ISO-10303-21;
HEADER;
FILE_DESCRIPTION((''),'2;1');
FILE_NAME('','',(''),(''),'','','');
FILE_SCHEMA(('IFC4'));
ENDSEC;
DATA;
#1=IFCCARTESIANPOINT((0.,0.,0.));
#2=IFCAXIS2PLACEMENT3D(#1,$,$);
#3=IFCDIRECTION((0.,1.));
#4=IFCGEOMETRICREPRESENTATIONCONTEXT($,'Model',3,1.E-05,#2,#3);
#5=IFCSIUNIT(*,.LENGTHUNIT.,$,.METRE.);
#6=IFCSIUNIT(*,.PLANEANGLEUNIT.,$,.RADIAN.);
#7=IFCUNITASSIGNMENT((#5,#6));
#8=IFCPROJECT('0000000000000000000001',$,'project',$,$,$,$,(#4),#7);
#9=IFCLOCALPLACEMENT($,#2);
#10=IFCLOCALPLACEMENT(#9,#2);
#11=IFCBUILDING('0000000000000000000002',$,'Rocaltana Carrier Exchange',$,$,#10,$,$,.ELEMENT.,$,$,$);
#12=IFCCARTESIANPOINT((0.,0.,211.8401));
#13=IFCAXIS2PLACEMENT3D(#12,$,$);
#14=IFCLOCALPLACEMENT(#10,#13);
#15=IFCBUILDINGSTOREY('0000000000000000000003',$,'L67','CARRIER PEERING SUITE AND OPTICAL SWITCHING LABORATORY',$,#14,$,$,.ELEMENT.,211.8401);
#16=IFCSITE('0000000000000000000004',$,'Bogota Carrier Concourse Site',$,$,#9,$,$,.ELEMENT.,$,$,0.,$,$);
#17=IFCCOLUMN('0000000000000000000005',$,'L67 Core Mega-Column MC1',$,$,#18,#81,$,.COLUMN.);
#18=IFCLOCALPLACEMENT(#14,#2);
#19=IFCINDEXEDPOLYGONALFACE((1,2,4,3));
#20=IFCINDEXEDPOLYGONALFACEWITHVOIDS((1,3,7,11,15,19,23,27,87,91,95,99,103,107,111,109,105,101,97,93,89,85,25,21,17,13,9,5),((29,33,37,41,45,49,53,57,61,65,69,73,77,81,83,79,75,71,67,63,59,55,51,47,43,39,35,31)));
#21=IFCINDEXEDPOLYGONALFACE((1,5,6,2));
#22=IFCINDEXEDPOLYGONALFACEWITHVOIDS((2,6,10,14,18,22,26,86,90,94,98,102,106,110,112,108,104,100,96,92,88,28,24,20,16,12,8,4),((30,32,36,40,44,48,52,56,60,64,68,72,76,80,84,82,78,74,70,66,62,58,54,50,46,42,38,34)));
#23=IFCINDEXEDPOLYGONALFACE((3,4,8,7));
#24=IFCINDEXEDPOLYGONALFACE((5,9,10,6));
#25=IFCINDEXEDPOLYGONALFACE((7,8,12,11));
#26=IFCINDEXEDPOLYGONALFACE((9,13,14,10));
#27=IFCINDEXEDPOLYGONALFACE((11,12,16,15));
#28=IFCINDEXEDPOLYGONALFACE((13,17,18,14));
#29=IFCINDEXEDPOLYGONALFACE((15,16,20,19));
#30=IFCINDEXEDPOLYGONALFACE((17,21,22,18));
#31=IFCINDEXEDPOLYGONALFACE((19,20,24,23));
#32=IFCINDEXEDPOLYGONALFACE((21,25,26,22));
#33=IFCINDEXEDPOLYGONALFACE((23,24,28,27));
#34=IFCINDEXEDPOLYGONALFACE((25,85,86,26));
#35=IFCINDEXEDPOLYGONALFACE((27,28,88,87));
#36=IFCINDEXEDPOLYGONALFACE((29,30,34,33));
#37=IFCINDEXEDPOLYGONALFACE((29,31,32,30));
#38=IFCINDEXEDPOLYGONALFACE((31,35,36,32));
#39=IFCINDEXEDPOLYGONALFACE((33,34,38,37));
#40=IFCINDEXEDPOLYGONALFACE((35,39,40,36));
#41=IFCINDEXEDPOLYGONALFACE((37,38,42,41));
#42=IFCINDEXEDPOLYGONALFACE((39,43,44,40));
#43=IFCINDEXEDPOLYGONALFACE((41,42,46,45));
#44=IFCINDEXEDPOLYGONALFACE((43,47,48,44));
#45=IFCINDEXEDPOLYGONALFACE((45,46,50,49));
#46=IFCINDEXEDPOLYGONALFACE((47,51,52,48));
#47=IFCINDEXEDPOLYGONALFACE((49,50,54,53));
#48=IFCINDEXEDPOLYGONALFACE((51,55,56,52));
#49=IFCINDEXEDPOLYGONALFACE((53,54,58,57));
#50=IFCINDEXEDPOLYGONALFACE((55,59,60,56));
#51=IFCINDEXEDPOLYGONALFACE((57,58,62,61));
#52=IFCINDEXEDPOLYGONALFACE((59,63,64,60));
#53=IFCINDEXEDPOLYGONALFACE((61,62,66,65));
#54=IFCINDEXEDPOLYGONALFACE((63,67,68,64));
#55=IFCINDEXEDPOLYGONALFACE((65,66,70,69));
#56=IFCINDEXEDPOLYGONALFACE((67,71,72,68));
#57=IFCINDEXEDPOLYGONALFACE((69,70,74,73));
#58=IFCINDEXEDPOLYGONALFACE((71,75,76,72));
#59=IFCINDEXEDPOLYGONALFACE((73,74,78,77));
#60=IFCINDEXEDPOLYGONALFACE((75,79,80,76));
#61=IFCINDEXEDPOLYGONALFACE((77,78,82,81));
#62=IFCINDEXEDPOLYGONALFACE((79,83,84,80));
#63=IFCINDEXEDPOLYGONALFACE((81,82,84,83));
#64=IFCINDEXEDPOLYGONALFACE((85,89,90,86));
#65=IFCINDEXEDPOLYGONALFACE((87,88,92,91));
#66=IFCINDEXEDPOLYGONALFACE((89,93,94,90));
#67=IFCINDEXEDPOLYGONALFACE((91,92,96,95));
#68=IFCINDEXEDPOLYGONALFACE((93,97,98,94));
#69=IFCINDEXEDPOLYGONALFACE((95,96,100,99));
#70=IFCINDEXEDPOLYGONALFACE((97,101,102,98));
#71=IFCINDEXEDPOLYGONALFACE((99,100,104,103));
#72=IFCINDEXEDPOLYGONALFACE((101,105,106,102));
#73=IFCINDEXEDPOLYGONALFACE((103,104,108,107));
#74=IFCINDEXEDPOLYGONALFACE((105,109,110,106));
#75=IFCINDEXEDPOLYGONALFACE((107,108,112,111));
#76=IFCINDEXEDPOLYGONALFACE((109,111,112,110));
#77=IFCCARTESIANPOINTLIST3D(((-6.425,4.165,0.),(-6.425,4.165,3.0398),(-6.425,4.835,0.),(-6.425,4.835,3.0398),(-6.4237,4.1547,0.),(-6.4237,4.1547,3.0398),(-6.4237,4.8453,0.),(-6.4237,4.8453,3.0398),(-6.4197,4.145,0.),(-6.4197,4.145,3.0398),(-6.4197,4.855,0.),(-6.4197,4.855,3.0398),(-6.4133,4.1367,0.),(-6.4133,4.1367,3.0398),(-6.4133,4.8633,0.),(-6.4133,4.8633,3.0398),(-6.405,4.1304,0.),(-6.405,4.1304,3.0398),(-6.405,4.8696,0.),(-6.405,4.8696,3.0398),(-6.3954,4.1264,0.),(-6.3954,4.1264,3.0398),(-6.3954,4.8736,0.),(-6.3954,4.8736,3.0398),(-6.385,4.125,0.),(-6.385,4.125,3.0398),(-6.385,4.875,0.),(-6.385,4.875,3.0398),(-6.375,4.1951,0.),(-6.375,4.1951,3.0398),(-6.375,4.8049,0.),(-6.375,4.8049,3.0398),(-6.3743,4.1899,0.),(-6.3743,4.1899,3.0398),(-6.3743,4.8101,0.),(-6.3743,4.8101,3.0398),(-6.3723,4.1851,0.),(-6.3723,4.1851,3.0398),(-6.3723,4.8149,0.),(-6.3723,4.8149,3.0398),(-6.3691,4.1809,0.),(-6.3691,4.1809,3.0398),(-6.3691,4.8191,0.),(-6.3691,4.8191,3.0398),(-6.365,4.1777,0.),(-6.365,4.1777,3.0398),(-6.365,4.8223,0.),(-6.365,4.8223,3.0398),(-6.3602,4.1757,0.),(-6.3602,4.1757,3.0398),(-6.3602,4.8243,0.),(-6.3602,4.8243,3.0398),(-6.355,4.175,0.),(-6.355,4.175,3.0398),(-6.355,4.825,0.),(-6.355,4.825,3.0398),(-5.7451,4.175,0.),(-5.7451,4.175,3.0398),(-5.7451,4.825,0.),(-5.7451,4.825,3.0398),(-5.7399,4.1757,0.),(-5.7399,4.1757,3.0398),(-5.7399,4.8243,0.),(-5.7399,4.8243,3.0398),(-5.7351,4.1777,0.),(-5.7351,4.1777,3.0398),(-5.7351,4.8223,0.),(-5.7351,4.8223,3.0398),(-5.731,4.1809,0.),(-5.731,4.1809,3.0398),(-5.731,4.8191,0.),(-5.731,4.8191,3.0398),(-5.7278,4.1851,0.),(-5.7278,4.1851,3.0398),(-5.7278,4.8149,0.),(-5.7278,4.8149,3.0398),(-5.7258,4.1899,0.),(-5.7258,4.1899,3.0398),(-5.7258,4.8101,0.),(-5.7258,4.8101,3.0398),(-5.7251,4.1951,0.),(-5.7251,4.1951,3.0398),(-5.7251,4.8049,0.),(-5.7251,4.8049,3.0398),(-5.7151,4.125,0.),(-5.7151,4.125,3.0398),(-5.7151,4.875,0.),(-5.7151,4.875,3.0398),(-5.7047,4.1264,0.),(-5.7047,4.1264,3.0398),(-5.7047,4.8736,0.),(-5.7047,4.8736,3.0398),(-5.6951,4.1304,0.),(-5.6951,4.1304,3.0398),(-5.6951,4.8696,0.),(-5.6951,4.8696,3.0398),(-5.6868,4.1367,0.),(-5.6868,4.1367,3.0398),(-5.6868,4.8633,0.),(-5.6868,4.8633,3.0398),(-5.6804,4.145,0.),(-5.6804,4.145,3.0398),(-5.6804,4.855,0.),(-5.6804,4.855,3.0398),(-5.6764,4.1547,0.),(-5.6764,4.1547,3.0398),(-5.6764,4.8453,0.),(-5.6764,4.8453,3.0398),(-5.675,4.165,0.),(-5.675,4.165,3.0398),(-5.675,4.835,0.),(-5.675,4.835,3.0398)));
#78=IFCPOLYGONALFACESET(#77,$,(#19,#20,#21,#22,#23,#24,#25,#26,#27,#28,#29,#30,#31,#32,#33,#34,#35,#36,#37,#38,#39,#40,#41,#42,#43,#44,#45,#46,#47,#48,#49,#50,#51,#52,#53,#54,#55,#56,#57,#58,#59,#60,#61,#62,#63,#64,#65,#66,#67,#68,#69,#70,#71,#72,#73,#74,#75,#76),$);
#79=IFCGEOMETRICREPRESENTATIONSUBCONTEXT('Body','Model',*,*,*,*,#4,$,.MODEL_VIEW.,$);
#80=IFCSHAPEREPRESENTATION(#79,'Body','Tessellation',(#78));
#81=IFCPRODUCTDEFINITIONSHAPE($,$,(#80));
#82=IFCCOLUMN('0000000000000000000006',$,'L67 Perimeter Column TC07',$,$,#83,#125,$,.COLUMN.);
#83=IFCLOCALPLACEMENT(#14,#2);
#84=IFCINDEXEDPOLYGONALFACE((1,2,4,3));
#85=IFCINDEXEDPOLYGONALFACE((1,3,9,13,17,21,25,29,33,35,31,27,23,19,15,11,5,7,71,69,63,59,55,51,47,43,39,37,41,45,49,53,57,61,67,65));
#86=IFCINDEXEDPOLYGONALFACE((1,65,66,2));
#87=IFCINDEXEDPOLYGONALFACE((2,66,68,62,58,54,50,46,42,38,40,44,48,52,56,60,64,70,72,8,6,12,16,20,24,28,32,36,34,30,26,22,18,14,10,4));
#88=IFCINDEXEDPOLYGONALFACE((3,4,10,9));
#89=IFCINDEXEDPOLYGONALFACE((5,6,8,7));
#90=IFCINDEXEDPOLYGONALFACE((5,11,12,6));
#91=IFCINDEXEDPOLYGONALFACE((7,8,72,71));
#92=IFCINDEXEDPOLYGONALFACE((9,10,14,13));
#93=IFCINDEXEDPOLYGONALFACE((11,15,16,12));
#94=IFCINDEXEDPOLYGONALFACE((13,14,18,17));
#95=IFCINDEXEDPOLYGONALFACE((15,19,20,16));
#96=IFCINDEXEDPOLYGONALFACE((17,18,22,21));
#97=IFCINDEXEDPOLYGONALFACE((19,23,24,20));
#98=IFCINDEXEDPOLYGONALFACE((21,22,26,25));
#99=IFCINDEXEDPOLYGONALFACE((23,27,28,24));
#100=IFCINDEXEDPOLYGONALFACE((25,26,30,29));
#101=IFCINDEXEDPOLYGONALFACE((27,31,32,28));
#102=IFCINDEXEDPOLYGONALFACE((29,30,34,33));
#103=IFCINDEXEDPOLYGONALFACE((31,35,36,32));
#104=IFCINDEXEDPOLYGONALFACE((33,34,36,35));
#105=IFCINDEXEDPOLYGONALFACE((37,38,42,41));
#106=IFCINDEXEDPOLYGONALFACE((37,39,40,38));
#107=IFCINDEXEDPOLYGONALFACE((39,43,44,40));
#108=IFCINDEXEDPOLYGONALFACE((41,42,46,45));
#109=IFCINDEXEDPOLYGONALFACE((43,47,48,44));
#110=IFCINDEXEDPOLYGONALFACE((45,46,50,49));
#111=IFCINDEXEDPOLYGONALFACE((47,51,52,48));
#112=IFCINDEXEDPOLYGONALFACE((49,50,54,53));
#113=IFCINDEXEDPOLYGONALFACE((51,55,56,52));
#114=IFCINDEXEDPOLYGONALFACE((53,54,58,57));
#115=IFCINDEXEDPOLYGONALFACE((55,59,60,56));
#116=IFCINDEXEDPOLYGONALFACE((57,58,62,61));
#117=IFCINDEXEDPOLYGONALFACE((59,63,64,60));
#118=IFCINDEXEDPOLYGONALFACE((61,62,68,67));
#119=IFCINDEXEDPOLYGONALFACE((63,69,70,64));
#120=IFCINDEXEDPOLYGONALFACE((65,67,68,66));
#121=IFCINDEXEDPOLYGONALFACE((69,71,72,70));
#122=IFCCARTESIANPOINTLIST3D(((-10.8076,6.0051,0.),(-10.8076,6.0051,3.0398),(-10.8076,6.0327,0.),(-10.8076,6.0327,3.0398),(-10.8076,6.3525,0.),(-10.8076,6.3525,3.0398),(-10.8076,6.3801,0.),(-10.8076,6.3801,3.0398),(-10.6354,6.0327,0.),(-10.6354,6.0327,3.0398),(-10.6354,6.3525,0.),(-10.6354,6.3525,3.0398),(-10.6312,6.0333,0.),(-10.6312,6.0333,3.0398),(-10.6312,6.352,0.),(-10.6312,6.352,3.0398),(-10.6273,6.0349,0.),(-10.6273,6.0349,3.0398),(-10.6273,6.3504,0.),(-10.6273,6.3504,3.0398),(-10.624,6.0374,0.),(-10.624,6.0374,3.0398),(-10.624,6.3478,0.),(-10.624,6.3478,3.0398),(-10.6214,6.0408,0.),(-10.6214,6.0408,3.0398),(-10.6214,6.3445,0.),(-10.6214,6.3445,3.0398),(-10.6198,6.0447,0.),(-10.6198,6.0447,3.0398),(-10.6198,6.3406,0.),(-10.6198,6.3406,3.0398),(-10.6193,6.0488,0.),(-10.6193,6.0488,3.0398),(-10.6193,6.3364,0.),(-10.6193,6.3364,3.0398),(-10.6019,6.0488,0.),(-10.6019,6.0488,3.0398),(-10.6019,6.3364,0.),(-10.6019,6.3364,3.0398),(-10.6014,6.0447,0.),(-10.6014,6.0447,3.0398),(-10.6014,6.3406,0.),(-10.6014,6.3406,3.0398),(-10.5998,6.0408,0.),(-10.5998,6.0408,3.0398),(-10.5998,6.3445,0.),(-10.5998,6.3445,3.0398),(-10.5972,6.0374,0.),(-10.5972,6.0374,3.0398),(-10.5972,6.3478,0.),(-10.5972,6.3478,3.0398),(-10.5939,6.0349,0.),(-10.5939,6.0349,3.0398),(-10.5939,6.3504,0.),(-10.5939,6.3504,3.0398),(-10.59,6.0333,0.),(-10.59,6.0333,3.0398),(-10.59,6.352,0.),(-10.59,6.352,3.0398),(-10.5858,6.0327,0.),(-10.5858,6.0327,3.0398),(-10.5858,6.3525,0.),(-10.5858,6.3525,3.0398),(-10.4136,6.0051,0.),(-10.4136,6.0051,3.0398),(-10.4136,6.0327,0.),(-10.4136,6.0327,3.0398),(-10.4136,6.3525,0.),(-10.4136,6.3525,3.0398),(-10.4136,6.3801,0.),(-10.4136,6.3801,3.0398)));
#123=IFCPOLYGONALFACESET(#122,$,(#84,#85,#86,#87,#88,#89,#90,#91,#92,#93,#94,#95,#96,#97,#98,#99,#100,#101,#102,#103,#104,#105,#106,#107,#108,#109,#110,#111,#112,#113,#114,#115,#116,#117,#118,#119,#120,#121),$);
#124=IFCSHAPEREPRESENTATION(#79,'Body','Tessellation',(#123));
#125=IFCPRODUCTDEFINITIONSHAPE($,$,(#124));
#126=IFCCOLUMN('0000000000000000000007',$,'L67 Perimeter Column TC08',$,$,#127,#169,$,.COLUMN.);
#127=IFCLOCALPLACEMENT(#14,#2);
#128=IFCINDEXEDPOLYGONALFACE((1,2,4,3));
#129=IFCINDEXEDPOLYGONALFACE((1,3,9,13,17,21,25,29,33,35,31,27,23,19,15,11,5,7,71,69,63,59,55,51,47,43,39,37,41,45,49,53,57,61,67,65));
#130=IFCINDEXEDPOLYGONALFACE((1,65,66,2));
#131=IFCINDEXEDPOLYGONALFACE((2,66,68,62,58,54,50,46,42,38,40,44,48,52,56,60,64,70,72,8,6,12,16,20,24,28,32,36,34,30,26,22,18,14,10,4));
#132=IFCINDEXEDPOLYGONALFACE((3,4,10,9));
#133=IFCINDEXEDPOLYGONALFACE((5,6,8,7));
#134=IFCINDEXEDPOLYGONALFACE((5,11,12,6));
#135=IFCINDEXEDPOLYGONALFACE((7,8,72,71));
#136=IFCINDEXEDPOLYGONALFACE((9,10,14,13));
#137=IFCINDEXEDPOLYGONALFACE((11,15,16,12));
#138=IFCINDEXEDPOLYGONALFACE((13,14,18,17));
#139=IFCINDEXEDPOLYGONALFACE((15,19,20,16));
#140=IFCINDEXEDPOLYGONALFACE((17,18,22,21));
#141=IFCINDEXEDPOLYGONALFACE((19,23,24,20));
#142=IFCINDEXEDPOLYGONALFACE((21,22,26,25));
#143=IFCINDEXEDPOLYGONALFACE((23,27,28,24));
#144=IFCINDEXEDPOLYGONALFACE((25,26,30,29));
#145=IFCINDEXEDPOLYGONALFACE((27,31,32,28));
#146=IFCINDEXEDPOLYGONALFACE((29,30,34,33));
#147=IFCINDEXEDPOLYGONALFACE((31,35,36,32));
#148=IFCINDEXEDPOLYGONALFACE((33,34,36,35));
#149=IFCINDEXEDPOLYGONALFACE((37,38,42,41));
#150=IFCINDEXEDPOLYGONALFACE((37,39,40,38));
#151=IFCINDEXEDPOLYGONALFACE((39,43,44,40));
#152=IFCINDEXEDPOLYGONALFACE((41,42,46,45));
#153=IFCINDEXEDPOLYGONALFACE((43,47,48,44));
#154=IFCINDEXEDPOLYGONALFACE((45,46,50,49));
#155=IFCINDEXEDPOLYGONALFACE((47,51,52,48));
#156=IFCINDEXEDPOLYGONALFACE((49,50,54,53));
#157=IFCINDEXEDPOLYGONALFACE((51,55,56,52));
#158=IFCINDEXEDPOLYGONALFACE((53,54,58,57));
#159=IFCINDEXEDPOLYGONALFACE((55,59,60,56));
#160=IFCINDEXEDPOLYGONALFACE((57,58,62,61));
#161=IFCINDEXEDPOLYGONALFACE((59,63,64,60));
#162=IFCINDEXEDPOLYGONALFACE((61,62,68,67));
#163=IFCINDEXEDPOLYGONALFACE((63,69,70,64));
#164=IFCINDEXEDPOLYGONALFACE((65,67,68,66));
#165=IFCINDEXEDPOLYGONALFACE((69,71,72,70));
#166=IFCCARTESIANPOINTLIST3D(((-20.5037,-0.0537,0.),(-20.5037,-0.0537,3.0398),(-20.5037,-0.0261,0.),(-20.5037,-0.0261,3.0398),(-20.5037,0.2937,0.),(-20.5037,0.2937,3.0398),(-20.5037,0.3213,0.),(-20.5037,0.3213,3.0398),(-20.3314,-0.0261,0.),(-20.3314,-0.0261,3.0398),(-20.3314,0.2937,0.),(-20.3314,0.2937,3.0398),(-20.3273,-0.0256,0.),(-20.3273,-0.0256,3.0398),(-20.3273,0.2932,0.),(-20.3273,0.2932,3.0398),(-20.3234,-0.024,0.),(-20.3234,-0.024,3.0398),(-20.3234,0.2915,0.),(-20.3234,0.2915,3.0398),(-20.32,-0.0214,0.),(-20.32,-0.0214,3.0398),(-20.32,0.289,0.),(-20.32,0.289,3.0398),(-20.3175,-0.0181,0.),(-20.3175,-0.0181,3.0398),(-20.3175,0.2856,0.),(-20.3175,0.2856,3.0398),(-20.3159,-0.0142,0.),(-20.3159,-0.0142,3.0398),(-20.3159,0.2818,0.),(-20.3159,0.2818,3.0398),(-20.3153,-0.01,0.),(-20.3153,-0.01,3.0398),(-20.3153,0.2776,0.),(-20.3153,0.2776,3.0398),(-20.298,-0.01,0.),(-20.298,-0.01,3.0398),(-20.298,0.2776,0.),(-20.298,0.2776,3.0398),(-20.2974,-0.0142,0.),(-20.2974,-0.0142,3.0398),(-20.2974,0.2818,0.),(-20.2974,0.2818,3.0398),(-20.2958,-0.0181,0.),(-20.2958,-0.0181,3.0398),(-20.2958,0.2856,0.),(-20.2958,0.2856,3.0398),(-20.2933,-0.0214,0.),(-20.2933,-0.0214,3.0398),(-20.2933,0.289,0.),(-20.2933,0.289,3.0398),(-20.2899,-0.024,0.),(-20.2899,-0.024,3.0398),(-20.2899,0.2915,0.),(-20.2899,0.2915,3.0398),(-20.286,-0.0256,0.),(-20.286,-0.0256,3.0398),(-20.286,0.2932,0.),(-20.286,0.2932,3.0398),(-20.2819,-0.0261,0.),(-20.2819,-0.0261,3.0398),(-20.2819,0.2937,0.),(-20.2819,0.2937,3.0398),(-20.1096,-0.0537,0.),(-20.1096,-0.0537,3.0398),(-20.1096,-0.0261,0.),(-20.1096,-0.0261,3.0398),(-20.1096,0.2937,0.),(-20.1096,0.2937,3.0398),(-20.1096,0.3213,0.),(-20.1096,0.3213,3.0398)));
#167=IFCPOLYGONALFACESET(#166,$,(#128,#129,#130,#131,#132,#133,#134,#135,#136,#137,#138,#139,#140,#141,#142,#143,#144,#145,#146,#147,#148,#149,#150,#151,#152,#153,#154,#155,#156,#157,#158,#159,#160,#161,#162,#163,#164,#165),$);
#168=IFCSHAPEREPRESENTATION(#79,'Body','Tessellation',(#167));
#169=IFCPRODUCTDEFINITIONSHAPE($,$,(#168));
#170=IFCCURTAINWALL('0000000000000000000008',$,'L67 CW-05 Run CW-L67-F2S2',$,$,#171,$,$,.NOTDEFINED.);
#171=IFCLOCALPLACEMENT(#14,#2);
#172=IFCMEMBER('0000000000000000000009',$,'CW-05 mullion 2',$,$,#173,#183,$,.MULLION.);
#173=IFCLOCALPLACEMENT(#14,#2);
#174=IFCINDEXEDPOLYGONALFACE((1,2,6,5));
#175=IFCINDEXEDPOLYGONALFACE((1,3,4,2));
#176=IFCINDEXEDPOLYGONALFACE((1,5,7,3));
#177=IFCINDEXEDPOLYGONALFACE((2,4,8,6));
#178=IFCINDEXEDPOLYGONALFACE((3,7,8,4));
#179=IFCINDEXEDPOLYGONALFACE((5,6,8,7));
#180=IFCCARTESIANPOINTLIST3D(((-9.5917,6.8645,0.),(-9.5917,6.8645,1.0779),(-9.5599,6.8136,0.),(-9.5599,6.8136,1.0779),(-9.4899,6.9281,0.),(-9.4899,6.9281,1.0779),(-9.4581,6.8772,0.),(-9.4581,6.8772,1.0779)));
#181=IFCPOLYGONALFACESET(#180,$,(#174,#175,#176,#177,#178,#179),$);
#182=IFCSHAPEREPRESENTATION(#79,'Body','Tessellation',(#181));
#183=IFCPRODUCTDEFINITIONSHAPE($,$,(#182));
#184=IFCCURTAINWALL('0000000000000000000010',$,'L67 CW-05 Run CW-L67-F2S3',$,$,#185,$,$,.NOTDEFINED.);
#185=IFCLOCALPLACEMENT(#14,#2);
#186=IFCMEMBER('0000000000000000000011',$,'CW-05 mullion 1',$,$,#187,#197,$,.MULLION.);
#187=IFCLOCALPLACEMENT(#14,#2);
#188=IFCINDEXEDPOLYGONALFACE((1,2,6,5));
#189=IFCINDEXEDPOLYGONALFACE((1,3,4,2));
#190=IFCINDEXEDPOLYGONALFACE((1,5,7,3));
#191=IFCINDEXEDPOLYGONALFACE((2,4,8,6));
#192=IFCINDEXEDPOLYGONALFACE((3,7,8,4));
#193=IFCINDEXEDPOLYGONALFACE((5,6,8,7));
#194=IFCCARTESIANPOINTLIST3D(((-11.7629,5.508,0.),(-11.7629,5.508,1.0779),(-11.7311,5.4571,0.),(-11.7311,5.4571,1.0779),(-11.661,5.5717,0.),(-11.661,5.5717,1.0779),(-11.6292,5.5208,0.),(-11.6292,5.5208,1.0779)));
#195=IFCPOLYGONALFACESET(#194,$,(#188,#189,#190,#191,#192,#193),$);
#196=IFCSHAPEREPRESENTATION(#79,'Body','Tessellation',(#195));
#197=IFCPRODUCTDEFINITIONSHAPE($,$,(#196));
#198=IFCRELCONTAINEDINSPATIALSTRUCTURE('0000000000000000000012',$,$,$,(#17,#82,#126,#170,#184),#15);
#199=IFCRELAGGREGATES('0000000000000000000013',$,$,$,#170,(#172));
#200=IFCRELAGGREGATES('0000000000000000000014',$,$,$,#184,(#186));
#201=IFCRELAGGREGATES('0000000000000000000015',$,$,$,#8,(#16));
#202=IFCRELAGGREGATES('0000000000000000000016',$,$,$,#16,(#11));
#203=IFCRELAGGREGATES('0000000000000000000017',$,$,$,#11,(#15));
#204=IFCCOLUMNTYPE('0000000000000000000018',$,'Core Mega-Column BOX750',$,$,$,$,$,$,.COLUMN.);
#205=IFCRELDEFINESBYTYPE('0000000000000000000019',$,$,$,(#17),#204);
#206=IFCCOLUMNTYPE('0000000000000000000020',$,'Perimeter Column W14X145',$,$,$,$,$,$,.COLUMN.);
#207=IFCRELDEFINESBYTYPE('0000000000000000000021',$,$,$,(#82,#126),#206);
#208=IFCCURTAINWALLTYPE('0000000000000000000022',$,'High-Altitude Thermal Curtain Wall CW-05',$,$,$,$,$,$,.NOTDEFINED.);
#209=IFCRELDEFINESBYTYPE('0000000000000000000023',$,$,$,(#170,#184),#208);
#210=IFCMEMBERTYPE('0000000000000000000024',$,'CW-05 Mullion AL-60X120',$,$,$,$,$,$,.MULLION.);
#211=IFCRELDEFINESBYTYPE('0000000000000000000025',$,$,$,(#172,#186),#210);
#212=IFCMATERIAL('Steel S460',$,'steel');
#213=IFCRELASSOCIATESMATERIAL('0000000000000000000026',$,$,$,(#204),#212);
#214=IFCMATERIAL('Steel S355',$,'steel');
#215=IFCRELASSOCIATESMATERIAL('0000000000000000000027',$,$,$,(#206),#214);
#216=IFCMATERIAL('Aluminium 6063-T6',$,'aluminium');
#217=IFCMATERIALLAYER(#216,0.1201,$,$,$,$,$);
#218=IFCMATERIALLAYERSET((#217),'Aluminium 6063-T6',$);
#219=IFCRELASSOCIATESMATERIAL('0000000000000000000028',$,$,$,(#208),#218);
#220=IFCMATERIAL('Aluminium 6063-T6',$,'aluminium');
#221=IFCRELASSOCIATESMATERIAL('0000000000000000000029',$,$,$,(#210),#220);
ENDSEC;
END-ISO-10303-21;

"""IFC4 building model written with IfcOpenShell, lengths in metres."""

from ifc_helpers import new_model, si_unit, direction, frame, origin, origin_2d, place, context, subcontext, project, spatial, rectangle, hollow_rectangle, i_section, extrude, material, layer, layer_set, material_profile, profile_set, type_object, element, aggregate, save


model = new_model("IFC4")

# Units and contexts
model_context = context("Model", 3, precision=1e-05, world=origin(), true_north=direction((0.0, 1.0)))
body_context = subcontext(model_context, "Body", "Model", "MODEL_VIEW")
ifc_project = project(units=[si_unit("LENGTHUNIT", "METRE"), si_unit("PLANEANGLEUNIT", "RADIAN")], contexts=[model_context])

# Site, building, storey
site_placement = place(None, origin())
site = spatial("IfcSite", under=ifc_project, at=site_placement, Name="Bogota Carrier Concourse Site", CompositionType="ELEMENT", RefElevation=0.0)
building_placement = place(site_placement, origin())
building = spatial("IfcBuilding", under=site, at=building_placement, Name="Rocaltana Carrier Exchange", CompositionType="ELEMENT")
storey_placement = place(building_placement, frame((0.0, 0.0, 211.8401)))
storey = spatial("IfcBuildingStorey", under=building, at=storey_placement, Name="L67", Description="CARRIER PEERING SUITE AND OPTICAL SWITCHING LABORATORY", CompositionType="ELEMENT", Elevation=211.8401)

# Columns
ifc_material_1 = material(Name="Steel S460", Category="steel")
ifc_material_profile_1 = material_profile(ifc_material_1, hollow_rectangle(XDim=0.75, YDim=0.75, WallThickness=0.05, InnerFilletRadius=0.02, OuterFilletRadius=0.04, at=origin_2d()), Name="BOX750X750X50")
ifc_profile_set_1 = profile_set([ifc_material_profile_1], Name="Steel S460")
column_type_1 = type_object("IfcColumnType", Name="Core Mega-Column BOX750", PredefinedType="COLUMN", material=ifc_profile_set_1)
column_placement = place(storey_placement, frame((-6.05, 4.5, 0.0), z_axis=(0.0, 0.0, 1.0), x_axis=(1.0, 0.0, 0.0)))
element("IfcColumn", 1, at=column_placement, inside=storey, type_object=column_type_1, Name="L67 Core Mega-Column MC1", PredefinedType="COLUMN", context=body_context, shape_type="SweptSolid", body=[
    extrude(hollow_rectangle(XDim=0.75, YDim=0.75, WallThickness=0.05, InnerFilletRadius=0.02, OuterFilletRadius=0.04, at=origin_2d()), origin(), (0.0, 0.0, 1.0), 3.0398),
])
ifc_material_2 = material(Name="Steel S355", Category="steel")
ifc_material_profile_2 = material_profile(ifc_material_2, i_section(OverallWidth=0.394, OverallDepth=0.375, WebThickness=0.0173, FlangeThickness=0.0276, FilletRadius=0.0161, at=origin_2d()), Name="W14X145")
ifc_profile_set_2 = profile_set([ifc_material_profile_2], Name="Steel S355")
column_type_2 = type_object("IfcColumnType", Name="Perimeter Column W14X145", PredefinedType="COLUMN", material=ifc_profile_set_2)
for number, where, z_axis, x_axis, name in (
    (2, (-10.6106, 6.1926, 0.0), (0.0, 0.0, 1.0), (1.0, 0.0, 0.0), "L67 Perimeter Column TC07"),
    (3, (-20.3066, 0.1338, 0.0), (0.0, 0.0, 1.0), (1.0, 0.0, 0.0), "L67 Perimeter Column TC08"),
):
    element("IfcColumn", number, at=place(storey_placement, frame(where, z_axis=z_axis, x_axis=x_axis)), inside=storey, type_object=column_type_2, Name=name, PredefinedType="COLUMN", context=body_context, shape_type="SweptSolid", body=[
        extrude(i_section(OverallWidth=0.394, OverallDepth=0.375, WebThickness=0.0173, FlangeThickness=0.0276, FilletRadius=0.0161, at=origin_2d()), origin(), (0.0, 0.0, 1.0), 3.0398),
    ])

# Curtain wall, member
ifc_material_3 = material(Name="Aluminium 6063-T6", Category="aluminium")
ifc_layer_1 = layer(ifc_material_3, 0.1201)
ifc_layer_set_1 = layer_set([ifc_layer_1], Name="Aluminium 6063-T6")
curtain_wall_type = type_object("IfcCurtainWallType", Name="High-Altitude Thermal Curtain Wall CW-05", PredefinedType="NOTDEFINED", material=ifc_layer_set_1)
curtain_wall_1_placement = place(storey_placement, origin())
curtain_wall_1 = element("IfcCurtainWall", 4, at=curtain_wall_1_placement, inside=storey, type_object=curtain_wall_type, Name="L67 CW-05 Run CW-L67-F2S2", PredefinedType="NOTDEFINED")
ifc_material_4 = material(Name="Aluminium 6063-T6", Category="aluminium")
ifc_material_profile_3 = material_profile(ifc_material_4, rectangle(XDim=0.0601, YDim=0.1201, at=origin_2d()), Name="AL-60X120")
ifc_profile_set_3 = profile_set([ifc_material_profile_3], Name="Aluminium 6063-T6")
member_type_1 = type_object("IfcMemberType", Name="CW-05 Mullion AL-60X120", PredefinedType="MULLION", material=ifc_profile_set_3)
member_1_placement = place(storey_placement, frame((-9.5249, 6.8708, 0.0), z_axis=(0.0, 0.0, 1.0), x_axis=(0.52992, -0.848047, 0.0)))
member_1 = element("IfcMember", 5, at=member_1_placement, type_object=member_type_1, Name="CW-05 mullion 2", PredefinedType="MULLION", context=body_context, shape_type="SweptSolid", body=[
    extrude(rectangle(XDim=0.0601, YDim=0.1201, at=origin_2d()), origin(), (0.0, 0.0, 1.0), 1.0779),
])
aggregate(curtain_wall_1, [member_1])

# Curtain wall, member
curtain_wall_2_placement = place(storey_placement, origin())
curtain_wall_2 = element("IfcCurtainWall", 6, at=curtain_wall_2_placement, inside=storey, type_object=curtain_wall_type, Name="L67 CW-05 Run CW-L67-F2S3", PredefinedType="NOTDEFINED")
member_2_placement = place(storey_placement, frame((-11.696, 5.5144, 0.0), z_axis=(0.0, 0.0, 1.0), x_axis=(0.529915, -0.84805, 0.0)))
member_2 = element("IfcMember", 7, at=member_2_placement, type_object=member_type_1, Name="CW-05 mullion 1", PredefinedType="MULLION", context=body_context, shape_type="SweptSolid", body=[
    extrude(rectangle(XDim=0.0601, YDim=0.1201, at=origin_2d()), origin(), (0.0, 0.0, 1.0), 1.0779),
])

aggregate(curtain_wall_2, [member_2])

save(model, "model.ifc")
